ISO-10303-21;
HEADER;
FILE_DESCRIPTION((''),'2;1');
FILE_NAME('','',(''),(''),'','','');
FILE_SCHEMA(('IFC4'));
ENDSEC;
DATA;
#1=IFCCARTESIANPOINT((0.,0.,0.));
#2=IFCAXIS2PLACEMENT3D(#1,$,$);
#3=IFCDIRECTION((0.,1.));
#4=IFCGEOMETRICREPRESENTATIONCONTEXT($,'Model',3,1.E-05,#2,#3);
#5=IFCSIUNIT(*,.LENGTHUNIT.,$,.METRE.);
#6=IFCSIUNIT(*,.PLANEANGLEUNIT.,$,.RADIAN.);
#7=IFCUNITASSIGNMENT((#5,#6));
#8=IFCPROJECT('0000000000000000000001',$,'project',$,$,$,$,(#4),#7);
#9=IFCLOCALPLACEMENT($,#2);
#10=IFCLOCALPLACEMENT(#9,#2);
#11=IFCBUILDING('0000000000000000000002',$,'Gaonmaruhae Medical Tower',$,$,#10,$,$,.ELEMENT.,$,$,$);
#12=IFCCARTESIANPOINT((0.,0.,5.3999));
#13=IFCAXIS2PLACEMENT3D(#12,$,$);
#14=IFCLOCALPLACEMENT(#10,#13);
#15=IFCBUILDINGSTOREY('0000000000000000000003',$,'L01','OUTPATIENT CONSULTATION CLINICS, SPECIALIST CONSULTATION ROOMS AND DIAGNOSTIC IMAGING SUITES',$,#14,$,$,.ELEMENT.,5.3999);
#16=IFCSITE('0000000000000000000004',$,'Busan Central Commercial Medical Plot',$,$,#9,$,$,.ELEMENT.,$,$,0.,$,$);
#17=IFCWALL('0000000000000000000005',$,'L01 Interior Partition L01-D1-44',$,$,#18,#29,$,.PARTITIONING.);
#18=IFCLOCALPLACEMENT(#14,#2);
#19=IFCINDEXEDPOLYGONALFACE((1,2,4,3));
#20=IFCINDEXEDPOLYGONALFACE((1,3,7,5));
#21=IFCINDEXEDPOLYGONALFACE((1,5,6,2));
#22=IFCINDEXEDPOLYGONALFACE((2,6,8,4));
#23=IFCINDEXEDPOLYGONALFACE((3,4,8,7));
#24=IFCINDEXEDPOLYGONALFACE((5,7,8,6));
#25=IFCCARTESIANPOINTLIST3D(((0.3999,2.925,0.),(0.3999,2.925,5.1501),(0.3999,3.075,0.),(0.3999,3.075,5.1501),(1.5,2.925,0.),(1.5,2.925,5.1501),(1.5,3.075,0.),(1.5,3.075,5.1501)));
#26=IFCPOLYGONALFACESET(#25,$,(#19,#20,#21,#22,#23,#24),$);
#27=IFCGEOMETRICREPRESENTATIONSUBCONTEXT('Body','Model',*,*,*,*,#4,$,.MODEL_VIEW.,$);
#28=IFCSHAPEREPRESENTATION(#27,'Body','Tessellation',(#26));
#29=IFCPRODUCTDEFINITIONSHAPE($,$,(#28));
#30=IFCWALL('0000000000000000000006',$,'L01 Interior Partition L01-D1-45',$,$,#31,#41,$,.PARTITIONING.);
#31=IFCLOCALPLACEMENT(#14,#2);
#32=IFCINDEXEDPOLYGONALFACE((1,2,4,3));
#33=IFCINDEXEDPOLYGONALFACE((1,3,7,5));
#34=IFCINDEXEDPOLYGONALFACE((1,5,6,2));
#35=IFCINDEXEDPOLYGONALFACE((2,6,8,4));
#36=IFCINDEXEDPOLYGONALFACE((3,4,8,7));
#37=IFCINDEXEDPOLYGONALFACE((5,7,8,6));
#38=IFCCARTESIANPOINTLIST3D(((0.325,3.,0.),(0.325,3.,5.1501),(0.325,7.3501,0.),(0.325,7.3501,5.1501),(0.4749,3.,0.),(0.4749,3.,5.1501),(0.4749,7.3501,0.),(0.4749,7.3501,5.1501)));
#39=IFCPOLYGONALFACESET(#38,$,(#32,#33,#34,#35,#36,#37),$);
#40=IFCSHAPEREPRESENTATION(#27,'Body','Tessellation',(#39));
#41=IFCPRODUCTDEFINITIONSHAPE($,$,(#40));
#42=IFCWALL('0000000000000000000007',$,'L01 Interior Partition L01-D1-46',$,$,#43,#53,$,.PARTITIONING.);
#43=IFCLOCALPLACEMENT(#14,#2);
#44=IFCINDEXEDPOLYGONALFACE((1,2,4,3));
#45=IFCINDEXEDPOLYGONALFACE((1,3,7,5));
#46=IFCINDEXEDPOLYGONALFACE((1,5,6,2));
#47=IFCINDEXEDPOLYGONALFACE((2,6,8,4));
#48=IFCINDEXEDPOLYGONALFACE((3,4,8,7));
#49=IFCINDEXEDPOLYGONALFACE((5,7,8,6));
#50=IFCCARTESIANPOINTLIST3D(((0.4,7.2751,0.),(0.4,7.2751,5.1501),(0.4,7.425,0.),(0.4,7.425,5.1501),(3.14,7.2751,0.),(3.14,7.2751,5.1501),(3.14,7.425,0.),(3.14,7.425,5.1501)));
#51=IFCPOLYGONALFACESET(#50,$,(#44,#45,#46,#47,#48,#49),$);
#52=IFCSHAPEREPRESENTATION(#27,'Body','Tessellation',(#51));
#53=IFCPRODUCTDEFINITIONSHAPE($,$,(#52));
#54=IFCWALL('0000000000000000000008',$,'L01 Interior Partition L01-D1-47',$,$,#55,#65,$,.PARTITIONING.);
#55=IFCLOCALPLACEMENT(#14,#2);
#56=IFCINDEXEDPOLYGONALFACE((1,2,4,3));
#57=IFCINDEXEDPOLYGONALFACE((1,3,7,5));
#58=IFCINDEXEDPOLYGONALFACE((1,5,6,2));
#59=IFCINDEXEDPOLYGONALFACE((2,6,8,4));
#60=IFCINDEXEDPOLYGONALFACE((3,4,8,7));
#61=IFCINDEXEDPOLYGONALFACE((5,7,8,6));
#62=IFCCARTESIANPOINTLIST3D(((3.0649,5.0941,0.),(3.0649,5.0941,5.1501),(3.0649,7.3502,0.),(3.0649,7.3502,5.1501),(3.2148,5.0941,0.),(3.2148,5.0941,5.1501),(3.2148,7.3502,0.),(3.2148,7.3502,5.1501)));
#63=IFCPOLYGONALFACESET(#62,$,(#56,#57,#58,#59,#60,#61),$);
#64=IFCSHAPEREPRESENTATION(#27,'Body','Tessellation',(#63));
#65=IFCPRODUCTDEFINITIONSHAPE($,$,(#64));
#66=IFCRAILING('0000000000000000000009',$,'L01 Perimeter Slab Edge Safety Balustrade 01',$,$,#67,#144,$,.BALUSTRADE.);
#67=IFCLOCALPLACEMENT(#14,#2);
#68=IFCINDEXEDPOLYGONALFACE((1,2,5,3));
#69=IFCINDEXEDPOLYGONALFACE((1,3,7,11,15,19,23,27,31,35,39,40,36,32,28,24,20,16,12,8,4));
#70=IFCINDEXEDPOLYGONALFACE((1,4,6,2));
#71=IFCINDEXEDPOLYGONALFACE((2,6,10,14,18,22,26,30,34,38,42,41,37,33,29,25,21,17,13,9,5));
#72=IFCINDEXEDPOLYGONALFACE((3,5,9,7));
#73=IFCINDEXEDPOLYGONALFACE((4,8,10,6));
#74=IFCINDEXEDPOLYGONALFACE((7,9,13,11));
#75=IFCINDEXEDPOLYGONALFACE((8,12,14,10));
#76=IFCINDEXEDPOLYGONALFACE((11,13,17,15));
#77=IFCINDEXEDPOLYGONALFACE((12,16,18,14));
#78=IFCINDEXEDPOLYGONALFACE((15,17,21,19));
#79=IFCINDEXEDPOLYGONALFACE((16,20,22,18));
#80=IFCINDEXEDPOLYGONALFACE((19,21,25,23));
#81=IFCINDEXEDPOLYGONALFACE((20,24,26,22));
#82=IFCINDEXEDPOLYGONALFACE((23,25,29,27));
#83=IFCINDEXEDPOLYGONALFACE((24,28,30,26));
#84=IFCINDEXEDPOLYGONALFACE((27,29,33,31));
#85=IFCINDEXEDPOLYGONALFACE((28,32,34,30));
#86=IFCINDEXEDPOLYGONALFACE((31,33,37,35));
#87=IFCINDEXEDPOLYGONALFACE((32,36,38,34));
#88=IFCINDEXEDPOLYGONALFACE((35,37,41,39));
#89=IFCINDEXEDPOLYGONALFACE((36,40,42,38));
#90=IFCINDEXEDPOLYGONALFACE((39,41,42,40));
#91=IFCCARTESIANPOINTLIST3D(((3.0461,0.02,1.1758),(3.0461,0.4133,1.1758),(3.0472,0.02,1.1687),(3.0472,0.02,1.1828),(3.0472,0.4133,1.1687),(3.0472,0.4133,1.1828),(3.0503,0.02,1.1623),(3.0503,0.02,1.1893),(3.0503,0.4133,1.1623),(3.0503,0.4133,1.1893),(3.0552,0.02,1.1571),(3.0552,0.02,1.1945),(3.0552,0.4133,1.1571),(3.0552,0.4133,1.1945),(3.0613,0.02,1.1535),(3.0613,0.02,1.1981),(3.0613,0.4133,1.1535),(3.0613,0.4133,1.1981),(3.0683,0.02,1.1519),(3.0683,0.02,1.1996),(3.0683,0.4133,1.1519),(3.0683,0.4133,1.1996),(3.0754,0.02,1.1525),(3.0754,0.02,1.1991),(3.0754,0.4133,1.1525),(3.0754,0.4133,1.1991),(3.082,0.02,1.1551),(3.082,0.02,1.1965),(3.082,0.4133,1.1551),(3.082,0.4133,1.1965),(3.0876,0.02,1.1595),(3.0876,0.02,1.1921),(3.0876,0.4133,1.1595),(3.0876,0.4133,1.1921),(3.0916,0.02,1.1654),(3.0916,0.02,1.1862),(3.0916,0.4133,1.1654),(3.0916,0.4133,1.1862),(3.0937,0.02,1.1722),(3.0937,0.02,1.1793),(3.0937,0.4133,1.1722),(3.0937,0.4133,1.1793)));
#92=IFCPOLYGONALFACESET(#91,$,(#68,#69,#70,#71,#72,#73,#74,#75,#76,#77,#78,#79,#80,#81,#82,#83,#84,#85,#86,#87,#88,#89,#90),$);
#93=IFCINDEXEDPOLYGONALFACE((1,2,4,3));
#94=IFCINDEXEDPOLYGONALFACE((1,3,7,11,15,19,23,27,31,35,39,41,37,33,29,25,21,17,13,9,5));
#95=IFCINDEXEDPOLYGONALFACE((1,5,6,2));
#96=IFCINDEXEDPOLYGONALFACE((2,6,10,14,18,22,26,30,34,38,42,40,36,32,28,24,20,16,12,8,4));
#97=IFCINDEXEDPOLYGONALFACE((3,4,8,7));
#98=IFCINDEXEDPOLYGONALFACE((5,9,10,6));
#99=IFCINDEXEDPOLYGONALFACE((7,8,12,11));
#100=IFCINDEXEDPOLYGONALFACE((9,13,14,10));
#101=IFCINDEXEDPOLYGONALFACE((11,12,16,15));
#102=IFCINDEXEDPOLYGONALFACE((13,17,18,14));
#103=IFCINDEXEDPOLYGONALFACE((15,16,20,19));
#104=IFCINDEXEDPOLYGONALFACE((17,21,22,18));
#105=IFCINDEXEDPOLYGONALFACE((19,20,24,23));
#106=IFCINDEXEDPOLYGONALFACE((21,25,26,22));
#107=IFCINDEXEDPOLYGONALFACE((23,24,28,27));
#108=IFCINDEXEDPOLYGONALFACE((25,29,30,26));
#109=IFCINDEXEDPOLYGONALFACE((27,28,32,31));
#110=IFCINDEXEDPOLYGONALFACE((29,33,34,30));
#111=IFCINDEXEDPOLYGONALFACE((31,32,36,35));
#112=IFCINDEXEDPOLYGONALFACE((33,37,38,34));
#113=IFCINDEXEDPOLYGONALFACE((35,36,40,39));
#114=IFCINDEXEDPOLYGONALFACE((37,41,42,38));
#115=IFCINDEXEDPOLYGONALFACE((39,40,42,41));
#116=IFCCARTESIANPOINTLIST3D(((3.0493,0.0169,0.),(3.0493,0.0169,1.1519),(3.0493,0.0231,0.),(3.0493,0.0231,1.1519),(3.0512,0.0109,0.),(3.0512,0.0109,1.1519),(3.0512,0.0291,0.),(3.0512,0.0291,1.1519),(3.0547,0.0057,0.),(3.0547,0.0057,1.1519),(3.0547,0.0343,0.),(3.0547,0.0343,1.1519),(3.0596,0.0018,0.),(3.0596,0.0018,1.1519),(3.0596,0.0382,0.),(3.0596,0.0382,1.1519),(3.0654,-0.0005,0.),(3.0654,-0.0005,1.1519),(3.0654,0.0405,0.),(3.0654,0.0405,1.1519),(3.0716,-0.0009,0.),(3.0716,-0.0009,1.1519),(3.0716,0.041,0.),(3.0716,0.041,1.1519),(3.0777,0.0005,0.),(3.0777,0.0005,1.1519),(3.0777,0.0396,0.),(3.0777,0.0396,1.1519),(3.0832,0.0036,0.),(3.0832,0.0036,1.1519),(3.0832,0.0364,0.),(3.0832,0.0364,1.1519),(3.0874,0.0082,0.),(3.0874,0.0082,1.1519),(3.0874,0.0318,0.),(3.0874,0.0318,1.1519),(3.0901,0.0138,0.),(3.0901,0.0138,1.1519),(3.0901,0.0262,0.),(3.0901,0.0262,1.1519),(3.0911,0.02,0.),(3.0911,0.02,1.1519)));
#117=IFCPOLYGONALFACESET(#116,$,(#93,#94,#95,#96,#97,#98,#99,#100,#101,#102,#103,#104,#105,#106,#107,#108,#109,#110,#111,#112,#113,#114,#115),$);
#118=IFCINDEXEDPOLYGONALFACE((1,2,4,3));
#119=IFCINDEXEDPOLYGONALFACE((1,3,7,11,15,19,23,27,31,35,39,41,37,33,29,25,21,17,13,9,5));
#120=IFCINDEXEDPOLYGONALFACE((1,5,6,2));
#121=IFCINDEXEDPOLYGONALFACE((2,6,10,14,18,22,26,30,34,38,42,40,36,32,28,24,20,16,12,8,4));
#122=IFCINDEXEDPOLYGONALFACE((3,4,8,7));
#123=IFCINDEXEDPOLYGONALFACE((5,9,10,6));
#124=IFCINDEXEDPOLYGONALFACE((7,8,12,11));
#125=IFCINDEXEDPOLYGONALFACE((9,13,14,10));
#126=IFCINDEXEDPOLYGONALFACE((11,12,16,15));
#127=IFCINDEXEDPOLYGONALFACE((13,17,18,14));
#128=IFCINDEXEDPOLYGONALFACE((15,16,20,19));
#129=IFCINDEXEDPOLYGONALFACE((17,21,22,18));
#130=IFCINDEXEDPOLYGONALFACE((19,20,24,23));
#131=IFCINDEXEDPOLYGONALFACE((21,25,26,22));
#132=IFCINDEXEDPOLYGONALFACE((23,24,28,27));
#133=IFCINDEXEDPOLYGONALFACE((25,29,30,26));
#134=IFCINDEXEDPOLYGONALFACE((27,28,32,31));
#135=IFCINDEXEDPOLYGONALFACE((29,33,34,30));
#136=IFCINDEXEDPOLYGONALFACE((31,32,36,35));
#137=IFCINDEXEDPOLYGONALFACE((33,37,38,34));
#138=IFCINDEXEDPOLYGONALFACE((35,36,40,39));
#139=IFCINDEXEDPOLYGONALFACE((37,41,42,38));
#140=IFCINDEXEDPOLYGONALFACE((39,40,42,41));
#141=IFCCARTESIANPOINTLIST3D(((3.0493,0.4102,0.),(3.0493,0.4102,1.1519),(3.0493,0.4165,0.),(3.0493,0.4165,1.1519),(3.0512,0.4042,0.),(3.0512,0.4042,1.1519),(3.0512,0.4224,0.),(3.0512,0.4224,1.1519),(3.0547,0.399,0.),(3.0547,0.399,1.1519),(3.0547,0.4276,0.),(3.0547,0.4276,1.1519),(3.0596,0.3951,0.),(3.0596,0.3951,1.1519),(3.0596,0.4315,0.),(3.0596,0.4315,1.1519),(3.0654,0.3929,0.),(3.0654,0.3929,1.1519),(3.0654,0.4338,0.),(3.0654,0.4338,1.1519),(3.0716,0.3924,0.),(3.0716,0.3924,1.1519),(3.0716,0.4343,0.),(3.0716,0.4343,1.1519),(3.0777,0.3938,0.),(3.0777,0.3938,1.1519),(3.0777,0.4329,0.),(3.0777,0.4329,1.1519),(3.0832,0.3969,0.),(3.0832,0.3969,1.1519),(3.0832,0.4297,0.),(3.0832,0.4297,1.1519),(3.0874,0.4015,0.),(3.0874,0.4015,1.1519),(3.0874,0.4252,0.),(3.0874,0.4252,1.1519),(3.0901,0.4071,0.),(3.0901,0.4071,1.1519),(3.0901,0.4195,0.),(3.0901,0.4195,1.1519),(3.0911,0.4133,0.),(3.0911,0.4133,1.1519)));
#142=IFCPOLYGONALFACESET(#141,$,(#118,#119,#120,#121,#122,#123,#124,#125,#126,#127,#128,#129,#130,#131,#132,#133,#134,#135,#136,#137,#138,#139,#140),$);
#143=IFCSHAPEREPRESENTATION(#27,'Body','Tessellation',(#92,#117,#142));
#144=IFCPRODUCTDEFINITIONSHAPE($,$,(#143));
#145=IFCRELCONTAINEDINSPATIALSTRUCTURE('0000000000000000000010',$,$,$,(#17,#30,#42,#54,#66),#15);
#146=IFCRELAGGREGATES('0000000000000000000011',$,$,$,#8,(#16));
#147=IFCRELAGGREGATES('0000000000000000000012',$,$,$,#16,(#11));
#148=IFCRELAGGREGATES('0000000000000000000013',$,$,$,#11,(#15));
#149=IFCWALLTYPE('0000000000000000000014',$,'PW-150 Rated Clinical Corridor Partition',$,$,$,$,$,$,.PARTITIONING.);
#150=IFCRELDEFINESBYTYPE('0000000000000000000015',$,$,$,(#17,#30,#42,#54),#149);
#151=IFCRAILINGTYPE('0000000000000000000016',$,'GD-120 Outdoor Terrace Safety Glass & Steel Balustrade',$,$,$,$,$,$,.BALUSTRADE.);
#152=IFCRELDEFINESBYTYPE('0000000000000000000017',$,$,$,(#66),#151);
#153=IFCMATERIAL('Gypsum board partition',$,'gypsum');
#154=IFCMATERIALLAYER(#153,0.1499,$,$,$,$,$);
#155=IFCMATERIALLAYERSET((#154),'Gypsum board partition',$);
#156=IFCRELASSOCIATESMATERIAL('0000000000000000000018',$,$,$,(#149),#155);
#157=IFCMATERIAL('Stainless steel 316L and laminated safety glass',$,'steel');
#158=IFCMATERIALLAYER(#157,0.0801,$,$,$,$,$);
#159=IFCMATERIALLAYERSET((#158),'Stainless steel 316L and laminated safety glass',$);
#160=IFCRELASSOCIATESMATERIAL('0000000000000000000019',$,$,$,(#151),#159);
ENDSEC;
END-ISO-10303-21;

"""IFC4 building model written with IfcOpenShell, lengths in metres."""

from ifc_helpers import new_model, si_unit, direction, frame, frame_2d, origin, origin_2d, place, context, subcontext, project, spatial, rectangle, circle, extrude, material, layer, layer_set, type_object, element, save


model = new_model("IFC4")

# Units and contexts
model_context = context("Model", 3, precision=1e-05, world=origin(), true_north=direction((0.0, 1.0)))
body_context = subcontext(model_context, "Body", "Model", "MODEL_VIEW")
ifc_project = project(units=[si_unit("LENGTHUNIT", "METRE"), si_unit("PLANEANGLEUNIT", "RADIAN")], contexts=[model_context])

# Site, building, storey
site_placement = place(None, origin())
site = spatial("IfcSite", under=ifc_project, at=site_placement, Name="Busan Central Commercial Medical Plot", CompositionType="ELEMENT", RefElevation=0.0)
building_placement = place(site_placement, origin())
building = spatial("IfcBuilding", under=site, at=building_placement, Name="Gaonmaruhae Medical Tower", CompositionType="ELEMENT")
storey_placement = place(building_placement, frame((0.0, 0.0, 5.3999)))
storey = spatial("IfcBuildingStorey", under=building, at=storey_placement, Name="L01", Description="OUTPATIENT CONSULTATION CLINICS, SPECIALIST CONSULTATION ROOMS AND DIAGNOSTIC IMAGING SUITES", CompositionType="ELEMENT", Elevation=5.3999)

# Shared definitions
ifc_material_1 = material(Name="Gypsum board partition", Category="gypsum")
ifc_layer_1 = layer(ifc_material_1, 0.1499)
ifc_layer_set_1 = layer_set([ifc_layer_1], Name="Gypsum board partition")
wall_type_1 = type_object("IfcWallType", Name="PW-150 Rated Clinical Corridor Partition", PredefinedType="PARTITIONING", material=ifc_layer_set_1)

# Walls
wall_1_placement = place(storey_placement, frame((1.5, 3.0, 0.0), z_axis=(0.0, 0.0, 1.0), x_axis=(-1.0, 0.0, 0.0)))
element("IfcWall", 1, at=wall_1_placement, inside=storey, type_object=wall_type_1, Name="L01 Interior Partition L01-D1-44", PredefinedType="PARTITIONING", context=body_context, shape_type="SweptSolid", body=[
    extrude(rectangle(XDim=1.1001, YDim=0.1499, at=frame_2d((0.55, 0.0))), origin(), (0.0, 0.0, 1.0), 5.1501),
])
wall_2_placement = place(storey_placement, frame((0.3999, 3.0, 0.0), z_axis=(0.0, 0.0, 1.0), x_axis=(0.0, 1.0, 0.0)))
element("IfcWall", 2, at=wall_2_placement, inside=storey, type_object=wall_type_1, Name="L01 Interior Partition L01-D1-45", PredefinedType="PARTITIONING", context=body_context, shape_type="SweptSolid", body=[
    extrude(rectangle(XDim=4.3501, YDim=0.1499, at=frame_2d((2.175, 0.0))), origin(), (0.0, 0.0, 1.0), 5.1501),
])
wall_3_placement = place(storey_placement, frame((0.3999, 7.3501, 0.0), z_axis=(0.0, 0.0, 1.0), x_axis=(1.0, 0.0, 0.0)))
element("IfcWall", 3, at=wall_3_placement, inside=storey, type_object=wall_type_1, Name="L01 Interior Partition L01-D1-46", PredefinedType="PARTITIONING", context=body_context, shape_type="SweptSolid", body=[
    extrude(rectangle(XDim=2.74, YDim=0.1499, at=frame_2d((1.3701, 0.0))), origin(), (0.0, 0.0, 1.0), 5.1501),
])
wall_4_placement = place(storey_placement, frame((3.1399, 7.3501, 0.0), z_axis=(0.0, 0.0, 1.0), x_axis=(0.0, -1.0, 0.0)))
element("IfcWall", 4, at=wall_4_placement, inside=storey, type_object=wall_type_1, Name="L01 Interior Partition L01-D1-47", PredefinedType="PARTITIONING", context=body_context, shape_type="SweptSolid", body=[
    extrude(rectangle(XDim=2.2561, YDim=0.1499, at=frame_2d((1.1279, 0.0))), origin(), (0.0, 0.0, 1.0), 5.1501),
])

# Railing
ifc_material_2 = material(Name="Stainless steel 316L and laminated safety glass", Category="steel")
ifc_layer_2 = layer(ifc_material_2, 0.0801)
ifc_layer_set_2 = layer_set([ifc_layer_2], Name="Stainless steel 316L and laminated safety glass")
railing_type = type_object("IfcRailingType", Name="GD-120 Outdoor Terrace Safety Glass & Steel Balustrade", PredefinedType="BALUSTRADE", material=ifc_layer_set_2)
railing_1_placement = place(storey_placement, frame((3.0701, 0.02, 0.0)))
element("IfcRailing", 5, at=railing_1_placement, inside=storey, type_object=railing_type, Name="L01 Perimeter Slab Edge Safety Balustrade 01", PredefinedType="BALUSTRADE", context=body_context, shape_type="SweptSolid", body=[
    extrude(circle(Radius=0.0239, at=origin_2d()), frame((0.0, 0.0, 1.1758), z_axis=(0.0, 1.0, 0.0), x_axis=(-1.0, 0.0, 0.0)), (0.0, 0.0, 1.0), 0.3933),
    extrude(circle(Radius=0.021, at=origin_2d()), origin(), (0.0, 0.0, 1.0), 1.1519),
    extrude(circle(Radius=0.021, at=origin_2d()), frame((0.0, 0.3933, 0.0)), (0.0, 0.0, 1.0), 1.1519),
])

save(model, "model.ifc")
